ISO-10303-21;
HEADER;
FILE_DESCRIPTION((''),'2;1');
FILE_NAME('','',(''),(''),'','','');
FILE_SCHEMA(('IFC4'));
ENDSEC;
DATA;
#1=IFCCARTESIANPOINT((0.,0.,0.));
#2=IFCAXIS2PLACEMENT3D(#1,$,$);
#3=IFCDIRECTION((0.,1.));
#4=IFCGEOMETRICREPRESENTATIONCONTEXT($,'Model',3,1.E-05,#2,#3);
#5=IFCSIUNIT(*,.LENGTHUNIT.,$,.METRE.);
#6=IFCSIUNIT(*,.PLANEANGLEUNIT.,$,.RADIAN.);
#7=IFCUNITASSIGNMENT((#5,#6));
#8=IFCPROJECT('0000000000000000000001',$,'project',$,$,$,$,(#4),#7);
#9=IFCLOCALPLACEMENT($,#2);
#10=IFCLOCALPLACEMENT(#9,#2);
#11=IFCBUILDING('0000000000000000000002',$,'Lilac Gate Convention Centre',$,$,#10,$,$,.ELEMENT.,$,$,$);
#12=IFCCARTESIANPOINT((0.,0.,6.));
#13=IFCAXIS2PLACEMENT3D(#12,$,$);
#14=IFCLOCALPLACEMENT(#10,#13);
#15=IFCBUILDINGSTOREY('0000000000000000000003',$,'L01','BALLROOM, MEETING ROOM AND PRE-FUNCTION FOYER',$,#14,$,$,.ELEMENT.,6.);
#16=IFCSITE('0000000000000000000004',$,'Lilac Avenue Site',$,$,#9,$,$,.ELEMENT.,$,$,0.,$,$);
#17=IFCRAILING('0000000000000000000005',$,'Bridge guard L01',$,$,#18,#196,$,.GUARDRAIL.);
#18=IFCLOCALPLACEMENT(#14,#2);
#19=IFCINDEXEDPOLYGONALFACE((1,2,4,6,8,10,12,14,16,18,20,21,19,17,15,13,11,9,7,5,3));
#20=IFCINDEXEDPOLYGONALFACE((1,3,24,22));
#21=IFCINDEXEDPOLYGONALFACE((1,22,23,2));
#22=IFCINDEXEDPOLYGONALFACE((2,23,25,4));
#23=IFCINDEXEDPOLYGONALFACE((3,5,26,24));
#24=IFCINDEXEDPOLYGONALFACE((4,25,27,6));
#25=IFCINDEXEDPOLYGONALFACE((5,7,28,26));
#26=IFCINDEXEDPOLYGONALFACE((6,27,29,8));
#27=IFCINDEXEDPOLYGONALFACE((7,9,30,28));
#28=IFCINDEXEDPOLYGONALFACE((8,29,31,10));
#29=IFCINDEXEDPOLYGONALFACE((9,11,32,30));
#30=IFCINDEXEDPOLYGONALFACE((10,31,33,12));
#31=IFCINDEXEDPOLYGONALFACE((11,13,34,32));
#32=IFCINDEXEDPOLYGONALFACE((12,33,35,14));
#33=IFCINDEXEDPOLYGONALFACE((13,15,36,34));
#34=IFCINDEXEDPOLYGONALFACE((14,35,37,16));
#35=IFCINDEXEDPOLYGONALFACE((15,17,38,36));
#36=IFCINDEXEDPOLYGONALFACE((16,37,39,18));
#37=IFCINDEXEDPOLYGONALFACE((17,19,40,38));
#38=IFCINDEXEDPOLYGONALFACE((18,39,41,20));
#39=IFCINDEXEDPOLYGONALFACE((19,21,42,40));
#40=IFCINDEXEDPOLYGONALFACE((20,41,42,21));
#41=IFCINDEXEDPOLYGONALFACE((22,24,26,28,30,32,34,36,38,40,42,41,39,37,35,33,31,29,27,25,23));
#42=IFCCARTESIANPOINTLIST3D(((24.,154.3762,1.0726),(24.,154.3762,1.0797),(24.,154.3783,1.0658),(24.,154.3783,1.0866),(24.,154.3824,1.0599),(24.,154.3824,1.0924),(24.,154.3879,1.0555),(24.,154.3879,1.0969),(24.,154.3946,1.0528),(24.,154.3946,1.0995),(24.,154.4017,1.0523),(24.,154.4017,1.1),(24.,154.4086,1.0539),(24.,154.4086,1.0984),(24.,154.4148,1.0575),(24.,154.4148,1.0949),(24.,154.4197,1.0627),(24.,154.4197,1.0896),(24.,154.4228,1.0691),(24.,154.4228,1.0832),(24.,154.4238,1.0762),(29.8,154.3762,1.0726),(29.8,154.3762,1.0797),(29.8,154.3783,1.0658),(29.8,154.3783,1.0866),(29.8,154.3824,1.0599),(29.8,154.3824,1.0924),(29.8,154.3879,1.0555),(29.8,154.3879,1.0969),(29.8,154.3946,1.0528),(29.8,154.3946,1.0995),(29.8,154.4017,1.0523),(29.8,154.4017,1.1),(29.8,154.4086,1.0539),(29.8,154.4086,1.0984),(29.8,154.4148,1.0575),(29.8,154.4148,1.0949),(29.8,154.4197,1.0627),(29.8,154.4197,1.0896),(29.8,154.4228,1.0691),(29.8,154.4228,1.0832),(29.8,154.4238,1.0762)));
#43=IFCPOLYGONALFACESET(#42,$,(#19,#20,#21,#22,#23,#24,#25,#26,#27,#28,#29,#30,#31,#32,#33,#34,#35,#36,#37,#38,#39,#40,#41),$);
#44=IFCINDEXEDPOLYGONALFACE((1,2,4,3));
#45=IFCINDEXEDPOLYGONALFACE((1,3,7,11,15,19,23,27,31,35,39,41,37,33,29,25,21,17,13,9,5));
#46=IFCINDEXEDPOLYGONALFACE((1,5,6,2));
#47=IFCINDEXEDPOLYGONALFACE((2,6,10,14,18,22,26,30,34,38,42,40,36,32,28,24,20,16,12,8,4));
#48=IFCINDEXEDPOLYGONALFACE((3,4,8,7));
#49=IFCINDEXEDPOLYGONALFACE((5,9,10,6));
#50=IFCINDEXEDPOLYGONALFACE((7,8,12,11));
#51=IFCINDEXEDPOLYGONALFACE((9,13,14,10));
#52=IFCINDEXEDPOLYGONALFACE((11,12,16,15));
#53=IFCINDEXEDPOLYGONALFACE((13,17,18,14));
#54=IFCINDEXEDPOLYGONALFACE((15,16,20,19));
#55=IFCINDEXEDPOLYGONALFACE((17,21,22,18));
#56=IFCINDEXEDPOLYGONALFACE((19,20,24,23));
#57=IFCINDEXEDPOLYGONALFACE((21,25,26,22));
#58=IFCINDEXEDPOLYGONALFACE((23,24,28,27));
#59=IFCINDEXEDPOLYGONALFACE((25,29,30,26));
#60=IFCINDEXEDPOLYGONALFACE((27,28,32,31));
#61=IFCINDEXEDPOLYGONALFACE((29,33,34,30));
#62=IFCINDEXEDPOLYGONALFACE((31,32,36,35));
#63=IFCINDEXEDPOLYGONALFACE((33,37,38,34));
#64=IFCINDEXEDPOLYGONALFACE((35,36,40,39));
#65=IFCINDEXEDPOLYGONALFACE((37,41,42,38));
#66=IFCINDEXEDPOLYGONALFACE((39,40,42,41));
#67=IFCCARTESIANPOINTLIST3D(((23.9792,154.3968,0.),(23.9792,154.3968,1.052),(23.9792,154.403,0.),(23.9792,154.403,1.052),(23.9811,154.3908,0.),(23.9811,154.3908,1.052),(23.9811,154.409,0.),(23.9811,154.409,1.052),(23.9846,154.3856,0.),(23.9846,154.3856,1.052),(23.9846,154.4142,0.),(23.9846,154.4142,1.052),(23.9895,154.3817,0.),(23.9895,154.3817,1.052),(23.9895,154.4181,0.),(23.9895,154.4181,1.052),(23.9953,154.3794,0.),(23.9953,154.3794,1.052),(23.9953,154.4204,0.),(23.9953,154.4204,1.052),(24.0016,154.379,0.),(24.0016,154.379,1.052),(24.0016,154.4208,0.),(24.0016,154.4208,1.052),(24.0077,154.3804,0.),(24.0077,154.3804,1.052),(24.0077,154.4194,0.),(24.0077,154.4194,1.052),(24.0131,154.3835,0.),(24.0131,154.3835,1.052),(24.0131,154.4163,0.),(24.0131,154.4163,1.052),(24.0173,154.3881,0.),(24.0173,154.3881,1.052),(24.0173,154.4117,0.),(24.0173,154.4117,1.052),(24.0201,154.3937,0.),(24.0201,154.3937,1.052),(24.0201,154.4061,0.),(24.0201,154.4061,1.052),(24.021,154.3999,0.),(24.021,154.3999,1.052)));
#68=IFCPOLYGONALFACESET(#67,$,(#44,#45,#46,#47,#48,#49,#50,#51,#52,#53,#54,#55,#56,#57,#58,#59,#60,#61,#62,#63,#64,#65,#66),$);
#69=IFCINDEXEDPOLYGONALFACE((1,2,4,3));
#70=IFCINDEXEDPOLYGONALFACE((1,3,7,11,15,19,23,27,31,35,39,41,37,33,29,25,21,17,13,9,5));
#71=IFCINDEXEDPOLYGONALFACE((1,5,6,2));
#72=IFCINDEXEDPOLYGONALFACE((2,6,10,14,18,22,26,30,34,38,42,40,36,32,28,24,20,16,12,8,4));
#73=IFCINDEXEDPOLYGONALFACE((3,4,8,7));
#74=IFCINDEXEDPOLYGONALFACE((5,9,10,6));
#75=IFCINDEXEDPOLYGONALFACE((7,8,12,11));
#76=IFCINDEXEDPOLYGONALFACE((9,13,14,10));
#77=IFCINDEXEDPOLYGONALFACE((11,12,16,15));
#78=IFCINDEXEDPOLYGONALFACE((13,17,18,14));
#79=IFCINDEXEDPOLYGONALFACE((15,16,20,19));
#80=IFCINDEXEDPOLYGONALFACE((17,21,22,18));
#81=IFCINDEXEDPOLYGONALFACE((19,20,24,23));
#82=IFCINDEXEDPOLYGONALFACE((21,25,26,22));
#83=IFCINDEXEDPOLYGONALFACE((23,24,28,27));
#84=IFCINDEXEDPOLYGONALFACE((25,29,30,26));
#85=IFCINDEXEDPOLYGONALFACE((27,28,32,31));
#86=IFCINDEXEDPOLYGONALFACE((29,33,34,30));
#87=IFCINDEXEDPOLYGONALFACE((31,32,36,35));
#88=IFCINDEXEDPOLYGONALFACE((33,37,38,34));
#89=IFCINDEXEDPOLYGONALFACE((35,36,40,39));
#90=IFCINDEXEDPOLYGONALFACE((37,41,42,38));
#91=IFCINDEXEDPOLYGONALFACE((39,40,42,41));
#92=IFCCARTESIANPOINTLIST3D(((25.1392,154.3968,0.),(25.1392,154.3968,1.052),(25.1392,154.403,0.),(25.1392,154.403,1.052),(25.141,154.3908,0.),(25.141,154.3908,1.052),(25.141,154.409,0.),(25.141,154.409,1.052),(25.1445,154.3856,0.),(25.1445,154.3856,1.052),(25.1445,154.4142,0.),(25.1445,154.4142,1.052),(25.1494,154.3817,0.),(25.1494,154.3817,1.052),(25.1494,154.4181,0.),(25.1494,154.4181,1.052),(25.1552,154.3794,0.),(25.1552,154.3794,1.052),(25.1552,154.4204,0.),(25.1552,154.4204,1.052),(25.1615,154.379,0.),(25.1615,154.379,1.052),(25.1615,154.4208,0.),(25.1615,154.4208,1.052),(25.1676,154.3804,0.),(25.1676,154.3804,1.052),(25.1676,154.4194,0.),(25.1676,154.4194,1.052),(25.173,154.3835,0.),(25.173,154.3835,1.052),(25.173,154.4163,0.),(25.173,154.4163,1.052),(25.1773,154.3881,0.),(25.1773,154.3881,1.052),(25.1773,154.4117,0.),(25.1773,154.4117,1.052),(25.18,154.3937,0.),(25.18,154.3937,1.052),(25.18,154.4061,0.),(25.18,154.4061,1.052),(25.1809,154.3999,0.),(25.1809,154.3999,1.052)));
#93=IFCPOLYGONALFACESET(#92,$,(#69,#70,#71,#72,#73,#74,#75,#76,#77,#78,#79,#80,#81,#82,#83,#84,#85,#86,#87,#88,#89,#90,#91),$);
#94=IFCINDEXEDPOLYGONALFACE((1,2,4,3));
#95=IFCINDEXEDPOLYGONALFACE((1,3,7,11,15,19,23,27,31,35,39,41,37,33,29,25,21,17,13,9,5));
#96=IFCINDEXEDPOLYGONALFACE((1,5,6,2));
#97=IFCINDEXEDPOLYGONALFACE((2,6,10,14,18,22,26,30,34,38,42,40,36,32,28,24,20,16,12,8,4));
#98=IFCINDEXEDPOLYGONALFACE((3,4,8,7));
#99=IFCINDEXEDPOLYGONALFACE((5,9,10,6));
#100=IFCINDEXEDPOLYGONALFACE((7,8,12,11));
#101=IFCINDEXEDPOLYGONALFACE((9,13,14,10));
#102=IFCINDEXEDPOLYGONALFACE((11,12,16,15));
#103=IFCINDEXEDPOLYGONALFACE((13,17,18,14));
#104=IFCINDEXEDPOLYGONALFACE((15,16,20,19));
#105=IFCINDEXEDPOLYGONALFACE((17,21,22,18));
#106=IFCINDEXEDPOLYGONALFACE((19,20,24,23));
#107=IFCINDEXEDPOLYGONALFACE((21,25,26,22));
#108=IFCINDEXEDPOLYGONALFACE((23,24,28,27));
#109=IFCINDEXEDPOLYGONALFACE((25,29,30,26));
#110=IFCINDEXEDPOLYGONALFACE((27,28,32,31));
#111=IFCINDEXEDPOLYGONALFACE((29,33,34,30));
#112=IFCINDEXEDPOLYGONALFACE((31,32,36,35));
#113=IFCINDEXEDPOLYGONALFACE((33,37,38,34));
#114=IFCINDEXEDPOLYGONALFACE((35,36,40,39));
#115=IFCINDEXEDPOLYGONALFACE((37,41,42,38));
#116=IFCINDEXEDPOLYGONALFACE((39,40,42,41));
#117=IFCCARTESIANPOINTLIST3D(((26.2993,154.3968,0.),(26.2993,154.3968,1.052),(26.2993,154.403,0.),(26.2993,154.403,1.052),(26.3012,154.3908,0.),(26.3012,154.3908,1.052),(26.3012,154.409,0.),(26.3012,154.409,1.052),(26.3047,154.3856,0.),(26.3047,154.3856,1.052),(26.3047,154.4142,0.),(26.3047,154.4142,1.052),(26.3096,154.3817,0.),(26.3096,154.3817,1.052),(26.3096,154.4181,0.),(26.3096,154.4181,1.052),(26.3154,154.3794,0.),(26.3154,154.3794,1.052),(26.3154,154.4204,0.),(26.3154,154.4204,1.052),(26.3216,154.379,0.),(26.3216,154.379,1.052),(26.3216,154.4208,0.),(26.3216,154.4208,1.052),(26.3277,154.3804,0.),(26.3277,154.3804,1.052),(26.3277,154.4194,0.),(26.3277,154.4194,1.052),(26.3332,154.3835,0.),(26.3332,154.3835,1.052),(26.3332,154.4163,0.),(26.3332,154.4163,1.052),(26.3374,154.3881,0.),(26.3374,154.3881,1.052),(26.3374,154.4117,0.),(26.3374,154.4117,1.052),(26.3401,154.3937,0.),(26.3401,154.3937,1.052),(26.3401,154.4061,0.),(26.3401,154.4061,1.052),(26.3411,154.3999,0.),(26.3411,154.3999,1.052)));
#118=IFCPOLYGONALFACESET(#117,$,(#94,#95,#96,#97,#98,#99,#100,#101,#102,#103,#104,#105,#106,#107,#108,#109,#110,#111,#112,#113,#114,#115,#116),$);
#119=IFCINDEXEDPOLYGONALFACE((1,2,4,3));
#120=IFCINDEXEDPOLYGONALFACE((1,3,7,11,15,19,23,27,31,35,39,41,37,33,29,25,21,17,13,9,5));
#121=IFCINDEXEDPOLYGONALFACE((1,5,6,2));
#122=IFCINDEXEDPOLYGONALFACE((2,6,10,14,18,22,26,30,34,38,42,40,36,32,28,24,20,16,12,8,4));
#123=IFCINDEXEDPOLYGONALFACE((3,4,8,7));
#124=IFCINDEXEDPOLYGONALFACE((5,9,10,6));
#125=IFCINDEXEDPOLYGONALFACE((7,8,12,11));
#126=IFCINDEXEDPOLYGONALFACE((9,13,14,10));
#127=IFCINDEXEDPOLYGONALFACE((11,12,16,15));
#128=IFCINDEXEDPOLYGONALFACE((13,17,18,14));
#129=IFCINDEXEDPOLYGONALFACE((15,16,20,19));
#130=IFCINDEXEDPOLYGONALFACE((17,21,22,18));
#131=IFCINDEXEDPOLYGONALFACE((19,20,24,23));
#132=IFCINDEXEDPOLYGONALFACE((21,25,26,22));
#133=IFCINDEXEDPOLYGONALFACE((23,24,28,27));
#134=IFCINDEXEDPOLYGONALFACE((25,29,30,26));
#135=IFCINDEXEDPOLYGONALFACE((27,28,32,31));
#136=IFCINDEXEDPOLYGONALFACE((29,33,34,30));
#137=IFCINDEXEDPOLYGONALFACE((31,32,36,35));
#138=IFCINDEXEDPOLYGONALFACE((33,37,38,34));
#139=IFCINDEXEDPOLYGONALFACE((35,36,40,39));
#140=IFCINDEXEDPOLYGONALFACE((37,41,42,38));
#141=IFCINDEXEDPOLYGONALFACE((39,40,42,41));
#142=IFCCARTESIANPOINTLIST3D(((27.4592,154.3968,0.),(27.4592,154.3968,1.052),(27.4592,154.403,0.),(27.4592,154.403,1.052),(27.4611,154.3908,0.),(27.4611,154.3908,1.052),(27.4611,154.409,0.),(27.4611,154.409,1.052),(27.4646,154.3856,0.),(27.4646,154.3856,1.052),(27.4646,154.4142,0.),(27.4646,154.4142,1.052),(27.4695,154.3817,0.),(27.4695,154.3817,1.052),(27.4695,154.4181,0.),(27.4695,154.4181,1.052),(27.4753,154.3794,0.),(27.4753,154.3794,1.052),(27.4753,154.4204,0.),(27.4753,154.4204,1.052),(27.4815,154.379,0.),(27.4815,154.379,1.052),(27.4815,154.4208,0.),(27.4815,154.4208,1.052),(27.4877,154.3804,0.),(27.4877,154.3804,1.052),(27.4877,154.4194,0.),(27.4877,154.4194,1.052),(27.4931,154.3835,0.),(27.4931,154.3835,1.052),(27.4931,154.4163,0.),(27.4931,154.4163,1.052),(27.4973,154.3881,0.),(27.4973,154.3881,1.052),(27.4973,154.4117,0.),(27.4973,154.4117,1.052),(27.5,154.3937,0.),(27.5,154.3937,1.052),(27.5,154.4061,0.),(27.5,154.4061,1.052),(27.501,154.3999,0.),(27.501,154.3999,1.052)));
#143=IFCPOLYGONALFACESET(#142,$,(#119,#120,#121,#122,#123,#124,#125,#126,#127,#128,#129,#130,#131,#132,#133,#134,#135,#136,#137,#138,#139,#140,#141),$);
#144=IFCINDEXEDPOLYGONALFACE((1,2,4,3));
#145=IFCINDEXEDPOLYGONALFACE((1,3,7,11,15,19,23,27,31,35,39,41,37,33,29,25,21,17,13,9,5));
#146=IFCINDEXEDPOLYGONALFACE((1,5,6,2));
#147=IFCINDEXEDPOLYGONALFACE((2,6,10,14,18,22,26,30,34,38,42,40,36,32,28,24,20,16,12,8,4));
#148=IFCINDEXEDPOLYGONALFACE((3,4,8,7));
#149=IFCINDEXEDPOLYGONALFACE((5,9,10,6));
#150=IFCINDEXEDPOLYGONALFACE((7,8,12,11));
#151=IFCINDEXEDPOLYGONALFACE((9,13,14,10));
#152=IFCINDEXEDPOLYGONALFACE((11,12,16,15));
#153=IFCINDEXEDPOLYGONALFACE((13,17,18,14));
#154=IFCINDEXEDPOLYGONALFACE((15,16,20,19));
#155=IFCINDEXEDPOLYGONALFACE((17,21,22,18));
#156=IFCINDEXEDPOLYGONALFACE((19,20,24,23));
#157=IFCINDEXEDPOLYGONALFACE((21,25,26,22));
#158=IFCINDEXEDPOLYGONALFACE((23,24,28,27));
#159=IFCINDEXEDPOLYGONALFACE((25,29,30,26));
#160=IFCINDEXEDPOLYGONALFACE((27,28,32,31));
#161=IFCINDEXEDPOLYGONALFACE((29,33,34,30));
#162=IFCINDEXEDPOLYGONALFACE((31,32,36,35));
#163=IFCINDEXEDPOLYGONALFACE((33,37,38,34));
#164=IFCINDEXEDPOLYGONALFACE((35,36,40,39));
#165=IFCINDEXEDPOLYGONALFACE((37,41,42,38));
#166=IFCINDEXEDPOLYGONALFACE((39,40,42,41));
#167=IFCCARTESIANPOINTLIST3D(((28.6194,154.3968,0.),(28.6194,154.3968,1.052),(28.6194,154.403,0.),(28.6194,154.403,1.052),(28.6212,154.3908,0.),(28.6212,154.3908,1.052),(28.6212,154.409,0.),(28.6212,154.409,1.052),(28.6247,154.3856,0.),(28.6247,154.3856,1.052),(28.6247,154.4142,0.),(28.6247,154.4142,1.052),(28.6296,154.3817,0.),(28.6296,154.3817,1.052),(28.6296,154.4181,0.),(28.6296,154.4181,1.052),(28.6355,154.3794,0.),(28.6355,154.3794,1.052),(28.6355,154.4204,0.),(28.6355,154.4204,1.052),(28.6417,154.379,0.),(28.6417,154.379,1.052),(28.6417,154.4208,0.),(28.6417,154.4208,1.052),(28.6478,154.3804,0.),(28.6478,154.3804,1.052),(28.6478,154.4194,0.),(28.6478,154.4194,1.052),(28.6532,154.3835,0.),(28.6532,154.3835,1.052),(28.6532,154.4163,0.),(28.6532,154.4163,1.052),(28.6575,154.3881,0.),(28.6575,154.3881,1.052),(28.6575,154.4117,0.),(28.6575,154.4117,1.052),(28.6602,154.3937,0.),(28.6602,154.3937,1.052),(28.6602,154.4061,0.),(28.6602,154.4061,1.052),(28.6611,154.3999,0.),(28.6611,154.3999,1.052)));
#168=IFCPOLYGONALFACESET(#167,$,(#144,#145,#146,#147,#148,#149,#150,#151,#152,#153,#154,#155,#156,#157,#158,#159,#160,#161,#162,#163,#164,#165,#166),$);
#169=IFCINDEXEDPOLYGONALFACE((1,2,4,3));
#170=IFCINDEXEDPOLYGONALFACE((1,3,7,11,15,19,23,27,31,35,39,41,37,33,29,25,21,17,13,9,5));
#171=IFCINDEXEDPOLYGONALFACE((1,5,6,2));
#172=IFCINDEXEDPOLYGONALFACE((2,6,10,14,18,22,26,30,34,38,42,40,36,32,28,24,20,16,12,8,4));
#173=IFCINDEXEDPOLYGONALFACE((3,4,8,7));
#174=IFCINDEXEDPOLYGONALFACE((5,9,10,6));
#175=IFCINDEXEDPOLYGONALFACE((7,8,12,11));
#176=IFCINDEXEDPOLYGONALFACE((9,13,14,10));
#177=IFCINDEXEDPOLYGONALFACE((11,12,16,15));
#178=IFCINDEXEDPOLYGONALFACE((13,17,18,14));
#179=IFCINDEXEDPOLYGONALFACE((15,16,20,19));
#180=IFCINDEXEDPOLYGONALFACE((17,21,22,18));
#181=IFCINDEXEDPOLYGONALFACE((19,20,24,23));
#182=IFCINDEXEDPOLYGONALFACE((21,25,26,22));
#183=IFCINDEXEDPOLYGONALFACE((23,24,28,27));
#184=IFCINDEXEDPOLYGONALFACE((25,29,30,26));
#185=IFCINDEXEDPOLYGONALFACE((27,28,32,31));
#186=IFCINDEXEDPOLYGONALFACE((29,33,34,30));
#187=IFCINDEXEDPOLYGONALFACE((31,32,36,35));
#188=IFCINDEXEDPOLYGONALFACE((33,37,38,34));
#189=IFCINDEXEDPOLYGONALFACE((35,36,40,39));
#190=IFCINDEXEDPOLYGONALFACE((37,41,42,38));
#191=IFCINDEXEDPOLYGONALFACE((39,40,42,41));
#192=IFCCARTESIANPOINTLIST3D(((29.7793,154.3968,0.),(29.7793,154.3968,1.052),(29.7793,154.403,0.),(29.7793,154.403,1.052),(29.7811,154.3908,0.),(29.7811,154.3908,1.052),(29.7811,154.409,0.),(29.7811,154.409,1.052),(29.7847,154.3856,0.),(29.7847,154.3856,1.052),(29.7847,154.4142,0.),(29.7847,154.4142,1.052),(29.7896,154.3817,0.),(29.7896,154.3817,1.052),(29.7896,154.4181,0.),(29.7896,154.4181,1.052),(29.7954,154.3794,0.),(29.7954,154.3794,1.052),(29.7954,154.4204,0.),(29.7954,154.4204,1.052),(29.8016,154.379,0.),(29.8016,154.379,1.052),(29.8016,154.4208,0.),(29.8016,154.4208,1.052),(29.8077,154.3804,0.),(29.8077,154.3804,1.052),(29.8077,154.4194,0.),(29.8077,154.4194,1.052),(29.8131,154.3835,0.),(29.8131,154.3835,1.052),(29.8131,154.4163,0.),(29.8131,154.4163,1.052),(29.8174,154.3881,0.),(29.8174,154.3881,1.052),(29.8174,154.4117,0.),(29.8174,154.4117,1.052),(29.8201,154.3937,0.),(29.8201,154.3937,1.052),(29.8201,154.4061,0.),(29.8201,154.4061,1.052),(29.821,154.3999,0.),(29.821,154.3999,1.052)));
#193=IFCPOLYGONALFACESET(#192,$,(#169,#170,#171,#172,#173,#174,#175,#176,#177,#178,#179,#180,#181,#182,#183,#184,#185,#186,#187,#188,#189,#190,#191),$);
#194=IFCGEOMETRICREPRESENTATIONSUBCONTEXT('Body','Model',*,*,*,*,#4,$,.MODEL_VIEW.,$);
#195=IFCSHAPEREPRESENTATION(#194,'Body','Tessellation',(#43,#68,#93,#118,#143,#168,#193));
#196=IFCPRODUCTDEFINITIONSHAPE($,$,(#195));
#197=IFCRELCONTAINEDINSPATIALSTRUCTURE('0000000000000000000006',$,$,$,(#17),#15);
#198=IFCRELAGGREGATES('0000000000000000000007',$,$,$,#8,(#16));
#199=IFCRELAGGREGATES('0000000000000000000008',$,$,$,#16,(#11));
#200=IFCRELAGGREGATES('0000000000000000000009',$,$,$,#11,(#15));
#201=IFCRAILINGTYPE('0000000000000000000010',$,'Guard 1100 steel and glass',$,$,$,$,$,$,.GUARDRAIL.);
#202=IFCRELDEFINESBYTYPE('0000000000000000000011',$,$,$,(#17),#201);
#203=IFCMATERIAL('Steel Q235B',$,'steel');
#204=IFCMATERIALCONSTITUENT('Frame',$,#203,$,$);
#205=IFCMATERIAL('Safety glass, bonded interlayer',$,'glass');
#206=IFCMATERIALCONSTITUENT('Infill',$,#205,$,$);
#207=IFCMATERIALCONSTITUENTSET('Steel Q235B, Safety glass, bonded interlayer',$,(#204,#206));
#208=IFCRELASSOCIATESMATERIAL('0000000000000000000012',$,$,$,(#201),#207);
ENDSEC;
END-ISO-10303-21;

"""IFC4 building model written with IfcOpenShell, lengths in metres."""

from ifc_helpers import new_model, si_unit, direction, frame, origin, origin_2d, place, context, subcontext, project, spatial, circle, extrude, material, constituent, constituent_set, type_object, element, save


model = new_model("IFC4")

# Units and contexts
model_context = context("Model", 3, precision=1e-05, world=origin(), true_north=direction((0.0, 1.0)))
body_context = subcontext(model_context, "Body", "Model", "MODEL_VIEW")
ifc_project = project(units=[si_unit("LENGTHUNIT", "METRE"), si_unit("PLANEANGLEUNIT", "RADIAN")], contexts=[model_context])

# Site, building, storey
site_placement = place(None, origin())
site = spatial("IfcSite", under=ifc_project, at=site_placement, Name="Lilac Avenue Site", CompositionType="ELEMENT", RefElevation=0.0)
building_placement = place(site_placement, origin())
building = spatial("IfcBuilding", under=site, at=building_placement, Name="Lilac Gate Convention Centre", CompositionType="ELEMENT")
storey_placement = place(building_placement, frame((0.0, 0.0, 6.0)))
storey = spatial("IfcBuildingStorey", under=building, at=storey_placement, Name="L01", Description="BALLROOM, MEETING ROOM AND PRE-FUNCTION FOYER", CompositionType="ELEMENT", Elevation=6.0)

# Railing
ifc_material_1 = material(Name="Steel Q235B", Category="steel")
ifc_constituent_1 = constituent(ifc_material_1, Name="Frame")
ifc_material_2 = material(Name="Safety glass, bonded interlayer", Category="glass")
ifc_constituent_2 = constituent(ifc_material_2, Name="Infill")
ifc_constituent_set = constituent_set(constituents=[ifc_constituent_1, ifc_constituent_2], Name="Steel Q235B, Safety glass, bonded interlayer")
railing_type = type_object("IfcRailingType", Name="Guard 1100 steel and glass", PredefinedType="GUARDRAIL", material=ifc_constituent_set)
for number, where, name in (
    (1, (24.0, 154.3999, 0.0), "Bridge guard L01"),
):
    element("IfcRailing", number, at=place(storey_placement, frame(where)), inside=storey, type_object=railing_type, Name=name, PredefinedType="GUARDRAIL", context=body_context, shape_type="SweptSolid", body=[
        extrude(circle(Radius=0.0239, at=origin_2d()), frame((0.0, 0.0, 1.0762), z_axis=(1.0, 0.0, 0.0), x_axis=(0.0, 1.0, 0.0)), (0.0, 0.0, 1.0), 5.8),
        extrude(circle(Radius=0.021, at=origin_2d()), origin(), (0.0, 0.0, 1.0), 1.052),
        extrude(circle(Radius=0.021, at=origin_2d()), frame((1.1599, 0.0, 0.0)), (0.0, 0.0, 1.0), 1.052),
        extrude(circle(Radius=0.021, at=origin_2d()), frame((2.3201, 0.0, 0.0)), (0.0, 0.0, 1.0), 1.052),
        extrude(circle(Radius=0.021, at=origin_2d()), frame((3.48, 0.0, 0.0)), (0.0, 0.0, 1.0), 1.052),
        extrude(circle(Radius=0.021, at=origin_2d()), frame((4.6401, 0.0, 0.0)), (0.0, 0.0, 1.0), 1.052),
        extrude(circle(Radius=0.021, at=origin_2d()), frame((5.8, 0.0, 0.0)), (0.0, 0.0, 1.0), 1.052),
    ])

save(model, "model.ifc")
